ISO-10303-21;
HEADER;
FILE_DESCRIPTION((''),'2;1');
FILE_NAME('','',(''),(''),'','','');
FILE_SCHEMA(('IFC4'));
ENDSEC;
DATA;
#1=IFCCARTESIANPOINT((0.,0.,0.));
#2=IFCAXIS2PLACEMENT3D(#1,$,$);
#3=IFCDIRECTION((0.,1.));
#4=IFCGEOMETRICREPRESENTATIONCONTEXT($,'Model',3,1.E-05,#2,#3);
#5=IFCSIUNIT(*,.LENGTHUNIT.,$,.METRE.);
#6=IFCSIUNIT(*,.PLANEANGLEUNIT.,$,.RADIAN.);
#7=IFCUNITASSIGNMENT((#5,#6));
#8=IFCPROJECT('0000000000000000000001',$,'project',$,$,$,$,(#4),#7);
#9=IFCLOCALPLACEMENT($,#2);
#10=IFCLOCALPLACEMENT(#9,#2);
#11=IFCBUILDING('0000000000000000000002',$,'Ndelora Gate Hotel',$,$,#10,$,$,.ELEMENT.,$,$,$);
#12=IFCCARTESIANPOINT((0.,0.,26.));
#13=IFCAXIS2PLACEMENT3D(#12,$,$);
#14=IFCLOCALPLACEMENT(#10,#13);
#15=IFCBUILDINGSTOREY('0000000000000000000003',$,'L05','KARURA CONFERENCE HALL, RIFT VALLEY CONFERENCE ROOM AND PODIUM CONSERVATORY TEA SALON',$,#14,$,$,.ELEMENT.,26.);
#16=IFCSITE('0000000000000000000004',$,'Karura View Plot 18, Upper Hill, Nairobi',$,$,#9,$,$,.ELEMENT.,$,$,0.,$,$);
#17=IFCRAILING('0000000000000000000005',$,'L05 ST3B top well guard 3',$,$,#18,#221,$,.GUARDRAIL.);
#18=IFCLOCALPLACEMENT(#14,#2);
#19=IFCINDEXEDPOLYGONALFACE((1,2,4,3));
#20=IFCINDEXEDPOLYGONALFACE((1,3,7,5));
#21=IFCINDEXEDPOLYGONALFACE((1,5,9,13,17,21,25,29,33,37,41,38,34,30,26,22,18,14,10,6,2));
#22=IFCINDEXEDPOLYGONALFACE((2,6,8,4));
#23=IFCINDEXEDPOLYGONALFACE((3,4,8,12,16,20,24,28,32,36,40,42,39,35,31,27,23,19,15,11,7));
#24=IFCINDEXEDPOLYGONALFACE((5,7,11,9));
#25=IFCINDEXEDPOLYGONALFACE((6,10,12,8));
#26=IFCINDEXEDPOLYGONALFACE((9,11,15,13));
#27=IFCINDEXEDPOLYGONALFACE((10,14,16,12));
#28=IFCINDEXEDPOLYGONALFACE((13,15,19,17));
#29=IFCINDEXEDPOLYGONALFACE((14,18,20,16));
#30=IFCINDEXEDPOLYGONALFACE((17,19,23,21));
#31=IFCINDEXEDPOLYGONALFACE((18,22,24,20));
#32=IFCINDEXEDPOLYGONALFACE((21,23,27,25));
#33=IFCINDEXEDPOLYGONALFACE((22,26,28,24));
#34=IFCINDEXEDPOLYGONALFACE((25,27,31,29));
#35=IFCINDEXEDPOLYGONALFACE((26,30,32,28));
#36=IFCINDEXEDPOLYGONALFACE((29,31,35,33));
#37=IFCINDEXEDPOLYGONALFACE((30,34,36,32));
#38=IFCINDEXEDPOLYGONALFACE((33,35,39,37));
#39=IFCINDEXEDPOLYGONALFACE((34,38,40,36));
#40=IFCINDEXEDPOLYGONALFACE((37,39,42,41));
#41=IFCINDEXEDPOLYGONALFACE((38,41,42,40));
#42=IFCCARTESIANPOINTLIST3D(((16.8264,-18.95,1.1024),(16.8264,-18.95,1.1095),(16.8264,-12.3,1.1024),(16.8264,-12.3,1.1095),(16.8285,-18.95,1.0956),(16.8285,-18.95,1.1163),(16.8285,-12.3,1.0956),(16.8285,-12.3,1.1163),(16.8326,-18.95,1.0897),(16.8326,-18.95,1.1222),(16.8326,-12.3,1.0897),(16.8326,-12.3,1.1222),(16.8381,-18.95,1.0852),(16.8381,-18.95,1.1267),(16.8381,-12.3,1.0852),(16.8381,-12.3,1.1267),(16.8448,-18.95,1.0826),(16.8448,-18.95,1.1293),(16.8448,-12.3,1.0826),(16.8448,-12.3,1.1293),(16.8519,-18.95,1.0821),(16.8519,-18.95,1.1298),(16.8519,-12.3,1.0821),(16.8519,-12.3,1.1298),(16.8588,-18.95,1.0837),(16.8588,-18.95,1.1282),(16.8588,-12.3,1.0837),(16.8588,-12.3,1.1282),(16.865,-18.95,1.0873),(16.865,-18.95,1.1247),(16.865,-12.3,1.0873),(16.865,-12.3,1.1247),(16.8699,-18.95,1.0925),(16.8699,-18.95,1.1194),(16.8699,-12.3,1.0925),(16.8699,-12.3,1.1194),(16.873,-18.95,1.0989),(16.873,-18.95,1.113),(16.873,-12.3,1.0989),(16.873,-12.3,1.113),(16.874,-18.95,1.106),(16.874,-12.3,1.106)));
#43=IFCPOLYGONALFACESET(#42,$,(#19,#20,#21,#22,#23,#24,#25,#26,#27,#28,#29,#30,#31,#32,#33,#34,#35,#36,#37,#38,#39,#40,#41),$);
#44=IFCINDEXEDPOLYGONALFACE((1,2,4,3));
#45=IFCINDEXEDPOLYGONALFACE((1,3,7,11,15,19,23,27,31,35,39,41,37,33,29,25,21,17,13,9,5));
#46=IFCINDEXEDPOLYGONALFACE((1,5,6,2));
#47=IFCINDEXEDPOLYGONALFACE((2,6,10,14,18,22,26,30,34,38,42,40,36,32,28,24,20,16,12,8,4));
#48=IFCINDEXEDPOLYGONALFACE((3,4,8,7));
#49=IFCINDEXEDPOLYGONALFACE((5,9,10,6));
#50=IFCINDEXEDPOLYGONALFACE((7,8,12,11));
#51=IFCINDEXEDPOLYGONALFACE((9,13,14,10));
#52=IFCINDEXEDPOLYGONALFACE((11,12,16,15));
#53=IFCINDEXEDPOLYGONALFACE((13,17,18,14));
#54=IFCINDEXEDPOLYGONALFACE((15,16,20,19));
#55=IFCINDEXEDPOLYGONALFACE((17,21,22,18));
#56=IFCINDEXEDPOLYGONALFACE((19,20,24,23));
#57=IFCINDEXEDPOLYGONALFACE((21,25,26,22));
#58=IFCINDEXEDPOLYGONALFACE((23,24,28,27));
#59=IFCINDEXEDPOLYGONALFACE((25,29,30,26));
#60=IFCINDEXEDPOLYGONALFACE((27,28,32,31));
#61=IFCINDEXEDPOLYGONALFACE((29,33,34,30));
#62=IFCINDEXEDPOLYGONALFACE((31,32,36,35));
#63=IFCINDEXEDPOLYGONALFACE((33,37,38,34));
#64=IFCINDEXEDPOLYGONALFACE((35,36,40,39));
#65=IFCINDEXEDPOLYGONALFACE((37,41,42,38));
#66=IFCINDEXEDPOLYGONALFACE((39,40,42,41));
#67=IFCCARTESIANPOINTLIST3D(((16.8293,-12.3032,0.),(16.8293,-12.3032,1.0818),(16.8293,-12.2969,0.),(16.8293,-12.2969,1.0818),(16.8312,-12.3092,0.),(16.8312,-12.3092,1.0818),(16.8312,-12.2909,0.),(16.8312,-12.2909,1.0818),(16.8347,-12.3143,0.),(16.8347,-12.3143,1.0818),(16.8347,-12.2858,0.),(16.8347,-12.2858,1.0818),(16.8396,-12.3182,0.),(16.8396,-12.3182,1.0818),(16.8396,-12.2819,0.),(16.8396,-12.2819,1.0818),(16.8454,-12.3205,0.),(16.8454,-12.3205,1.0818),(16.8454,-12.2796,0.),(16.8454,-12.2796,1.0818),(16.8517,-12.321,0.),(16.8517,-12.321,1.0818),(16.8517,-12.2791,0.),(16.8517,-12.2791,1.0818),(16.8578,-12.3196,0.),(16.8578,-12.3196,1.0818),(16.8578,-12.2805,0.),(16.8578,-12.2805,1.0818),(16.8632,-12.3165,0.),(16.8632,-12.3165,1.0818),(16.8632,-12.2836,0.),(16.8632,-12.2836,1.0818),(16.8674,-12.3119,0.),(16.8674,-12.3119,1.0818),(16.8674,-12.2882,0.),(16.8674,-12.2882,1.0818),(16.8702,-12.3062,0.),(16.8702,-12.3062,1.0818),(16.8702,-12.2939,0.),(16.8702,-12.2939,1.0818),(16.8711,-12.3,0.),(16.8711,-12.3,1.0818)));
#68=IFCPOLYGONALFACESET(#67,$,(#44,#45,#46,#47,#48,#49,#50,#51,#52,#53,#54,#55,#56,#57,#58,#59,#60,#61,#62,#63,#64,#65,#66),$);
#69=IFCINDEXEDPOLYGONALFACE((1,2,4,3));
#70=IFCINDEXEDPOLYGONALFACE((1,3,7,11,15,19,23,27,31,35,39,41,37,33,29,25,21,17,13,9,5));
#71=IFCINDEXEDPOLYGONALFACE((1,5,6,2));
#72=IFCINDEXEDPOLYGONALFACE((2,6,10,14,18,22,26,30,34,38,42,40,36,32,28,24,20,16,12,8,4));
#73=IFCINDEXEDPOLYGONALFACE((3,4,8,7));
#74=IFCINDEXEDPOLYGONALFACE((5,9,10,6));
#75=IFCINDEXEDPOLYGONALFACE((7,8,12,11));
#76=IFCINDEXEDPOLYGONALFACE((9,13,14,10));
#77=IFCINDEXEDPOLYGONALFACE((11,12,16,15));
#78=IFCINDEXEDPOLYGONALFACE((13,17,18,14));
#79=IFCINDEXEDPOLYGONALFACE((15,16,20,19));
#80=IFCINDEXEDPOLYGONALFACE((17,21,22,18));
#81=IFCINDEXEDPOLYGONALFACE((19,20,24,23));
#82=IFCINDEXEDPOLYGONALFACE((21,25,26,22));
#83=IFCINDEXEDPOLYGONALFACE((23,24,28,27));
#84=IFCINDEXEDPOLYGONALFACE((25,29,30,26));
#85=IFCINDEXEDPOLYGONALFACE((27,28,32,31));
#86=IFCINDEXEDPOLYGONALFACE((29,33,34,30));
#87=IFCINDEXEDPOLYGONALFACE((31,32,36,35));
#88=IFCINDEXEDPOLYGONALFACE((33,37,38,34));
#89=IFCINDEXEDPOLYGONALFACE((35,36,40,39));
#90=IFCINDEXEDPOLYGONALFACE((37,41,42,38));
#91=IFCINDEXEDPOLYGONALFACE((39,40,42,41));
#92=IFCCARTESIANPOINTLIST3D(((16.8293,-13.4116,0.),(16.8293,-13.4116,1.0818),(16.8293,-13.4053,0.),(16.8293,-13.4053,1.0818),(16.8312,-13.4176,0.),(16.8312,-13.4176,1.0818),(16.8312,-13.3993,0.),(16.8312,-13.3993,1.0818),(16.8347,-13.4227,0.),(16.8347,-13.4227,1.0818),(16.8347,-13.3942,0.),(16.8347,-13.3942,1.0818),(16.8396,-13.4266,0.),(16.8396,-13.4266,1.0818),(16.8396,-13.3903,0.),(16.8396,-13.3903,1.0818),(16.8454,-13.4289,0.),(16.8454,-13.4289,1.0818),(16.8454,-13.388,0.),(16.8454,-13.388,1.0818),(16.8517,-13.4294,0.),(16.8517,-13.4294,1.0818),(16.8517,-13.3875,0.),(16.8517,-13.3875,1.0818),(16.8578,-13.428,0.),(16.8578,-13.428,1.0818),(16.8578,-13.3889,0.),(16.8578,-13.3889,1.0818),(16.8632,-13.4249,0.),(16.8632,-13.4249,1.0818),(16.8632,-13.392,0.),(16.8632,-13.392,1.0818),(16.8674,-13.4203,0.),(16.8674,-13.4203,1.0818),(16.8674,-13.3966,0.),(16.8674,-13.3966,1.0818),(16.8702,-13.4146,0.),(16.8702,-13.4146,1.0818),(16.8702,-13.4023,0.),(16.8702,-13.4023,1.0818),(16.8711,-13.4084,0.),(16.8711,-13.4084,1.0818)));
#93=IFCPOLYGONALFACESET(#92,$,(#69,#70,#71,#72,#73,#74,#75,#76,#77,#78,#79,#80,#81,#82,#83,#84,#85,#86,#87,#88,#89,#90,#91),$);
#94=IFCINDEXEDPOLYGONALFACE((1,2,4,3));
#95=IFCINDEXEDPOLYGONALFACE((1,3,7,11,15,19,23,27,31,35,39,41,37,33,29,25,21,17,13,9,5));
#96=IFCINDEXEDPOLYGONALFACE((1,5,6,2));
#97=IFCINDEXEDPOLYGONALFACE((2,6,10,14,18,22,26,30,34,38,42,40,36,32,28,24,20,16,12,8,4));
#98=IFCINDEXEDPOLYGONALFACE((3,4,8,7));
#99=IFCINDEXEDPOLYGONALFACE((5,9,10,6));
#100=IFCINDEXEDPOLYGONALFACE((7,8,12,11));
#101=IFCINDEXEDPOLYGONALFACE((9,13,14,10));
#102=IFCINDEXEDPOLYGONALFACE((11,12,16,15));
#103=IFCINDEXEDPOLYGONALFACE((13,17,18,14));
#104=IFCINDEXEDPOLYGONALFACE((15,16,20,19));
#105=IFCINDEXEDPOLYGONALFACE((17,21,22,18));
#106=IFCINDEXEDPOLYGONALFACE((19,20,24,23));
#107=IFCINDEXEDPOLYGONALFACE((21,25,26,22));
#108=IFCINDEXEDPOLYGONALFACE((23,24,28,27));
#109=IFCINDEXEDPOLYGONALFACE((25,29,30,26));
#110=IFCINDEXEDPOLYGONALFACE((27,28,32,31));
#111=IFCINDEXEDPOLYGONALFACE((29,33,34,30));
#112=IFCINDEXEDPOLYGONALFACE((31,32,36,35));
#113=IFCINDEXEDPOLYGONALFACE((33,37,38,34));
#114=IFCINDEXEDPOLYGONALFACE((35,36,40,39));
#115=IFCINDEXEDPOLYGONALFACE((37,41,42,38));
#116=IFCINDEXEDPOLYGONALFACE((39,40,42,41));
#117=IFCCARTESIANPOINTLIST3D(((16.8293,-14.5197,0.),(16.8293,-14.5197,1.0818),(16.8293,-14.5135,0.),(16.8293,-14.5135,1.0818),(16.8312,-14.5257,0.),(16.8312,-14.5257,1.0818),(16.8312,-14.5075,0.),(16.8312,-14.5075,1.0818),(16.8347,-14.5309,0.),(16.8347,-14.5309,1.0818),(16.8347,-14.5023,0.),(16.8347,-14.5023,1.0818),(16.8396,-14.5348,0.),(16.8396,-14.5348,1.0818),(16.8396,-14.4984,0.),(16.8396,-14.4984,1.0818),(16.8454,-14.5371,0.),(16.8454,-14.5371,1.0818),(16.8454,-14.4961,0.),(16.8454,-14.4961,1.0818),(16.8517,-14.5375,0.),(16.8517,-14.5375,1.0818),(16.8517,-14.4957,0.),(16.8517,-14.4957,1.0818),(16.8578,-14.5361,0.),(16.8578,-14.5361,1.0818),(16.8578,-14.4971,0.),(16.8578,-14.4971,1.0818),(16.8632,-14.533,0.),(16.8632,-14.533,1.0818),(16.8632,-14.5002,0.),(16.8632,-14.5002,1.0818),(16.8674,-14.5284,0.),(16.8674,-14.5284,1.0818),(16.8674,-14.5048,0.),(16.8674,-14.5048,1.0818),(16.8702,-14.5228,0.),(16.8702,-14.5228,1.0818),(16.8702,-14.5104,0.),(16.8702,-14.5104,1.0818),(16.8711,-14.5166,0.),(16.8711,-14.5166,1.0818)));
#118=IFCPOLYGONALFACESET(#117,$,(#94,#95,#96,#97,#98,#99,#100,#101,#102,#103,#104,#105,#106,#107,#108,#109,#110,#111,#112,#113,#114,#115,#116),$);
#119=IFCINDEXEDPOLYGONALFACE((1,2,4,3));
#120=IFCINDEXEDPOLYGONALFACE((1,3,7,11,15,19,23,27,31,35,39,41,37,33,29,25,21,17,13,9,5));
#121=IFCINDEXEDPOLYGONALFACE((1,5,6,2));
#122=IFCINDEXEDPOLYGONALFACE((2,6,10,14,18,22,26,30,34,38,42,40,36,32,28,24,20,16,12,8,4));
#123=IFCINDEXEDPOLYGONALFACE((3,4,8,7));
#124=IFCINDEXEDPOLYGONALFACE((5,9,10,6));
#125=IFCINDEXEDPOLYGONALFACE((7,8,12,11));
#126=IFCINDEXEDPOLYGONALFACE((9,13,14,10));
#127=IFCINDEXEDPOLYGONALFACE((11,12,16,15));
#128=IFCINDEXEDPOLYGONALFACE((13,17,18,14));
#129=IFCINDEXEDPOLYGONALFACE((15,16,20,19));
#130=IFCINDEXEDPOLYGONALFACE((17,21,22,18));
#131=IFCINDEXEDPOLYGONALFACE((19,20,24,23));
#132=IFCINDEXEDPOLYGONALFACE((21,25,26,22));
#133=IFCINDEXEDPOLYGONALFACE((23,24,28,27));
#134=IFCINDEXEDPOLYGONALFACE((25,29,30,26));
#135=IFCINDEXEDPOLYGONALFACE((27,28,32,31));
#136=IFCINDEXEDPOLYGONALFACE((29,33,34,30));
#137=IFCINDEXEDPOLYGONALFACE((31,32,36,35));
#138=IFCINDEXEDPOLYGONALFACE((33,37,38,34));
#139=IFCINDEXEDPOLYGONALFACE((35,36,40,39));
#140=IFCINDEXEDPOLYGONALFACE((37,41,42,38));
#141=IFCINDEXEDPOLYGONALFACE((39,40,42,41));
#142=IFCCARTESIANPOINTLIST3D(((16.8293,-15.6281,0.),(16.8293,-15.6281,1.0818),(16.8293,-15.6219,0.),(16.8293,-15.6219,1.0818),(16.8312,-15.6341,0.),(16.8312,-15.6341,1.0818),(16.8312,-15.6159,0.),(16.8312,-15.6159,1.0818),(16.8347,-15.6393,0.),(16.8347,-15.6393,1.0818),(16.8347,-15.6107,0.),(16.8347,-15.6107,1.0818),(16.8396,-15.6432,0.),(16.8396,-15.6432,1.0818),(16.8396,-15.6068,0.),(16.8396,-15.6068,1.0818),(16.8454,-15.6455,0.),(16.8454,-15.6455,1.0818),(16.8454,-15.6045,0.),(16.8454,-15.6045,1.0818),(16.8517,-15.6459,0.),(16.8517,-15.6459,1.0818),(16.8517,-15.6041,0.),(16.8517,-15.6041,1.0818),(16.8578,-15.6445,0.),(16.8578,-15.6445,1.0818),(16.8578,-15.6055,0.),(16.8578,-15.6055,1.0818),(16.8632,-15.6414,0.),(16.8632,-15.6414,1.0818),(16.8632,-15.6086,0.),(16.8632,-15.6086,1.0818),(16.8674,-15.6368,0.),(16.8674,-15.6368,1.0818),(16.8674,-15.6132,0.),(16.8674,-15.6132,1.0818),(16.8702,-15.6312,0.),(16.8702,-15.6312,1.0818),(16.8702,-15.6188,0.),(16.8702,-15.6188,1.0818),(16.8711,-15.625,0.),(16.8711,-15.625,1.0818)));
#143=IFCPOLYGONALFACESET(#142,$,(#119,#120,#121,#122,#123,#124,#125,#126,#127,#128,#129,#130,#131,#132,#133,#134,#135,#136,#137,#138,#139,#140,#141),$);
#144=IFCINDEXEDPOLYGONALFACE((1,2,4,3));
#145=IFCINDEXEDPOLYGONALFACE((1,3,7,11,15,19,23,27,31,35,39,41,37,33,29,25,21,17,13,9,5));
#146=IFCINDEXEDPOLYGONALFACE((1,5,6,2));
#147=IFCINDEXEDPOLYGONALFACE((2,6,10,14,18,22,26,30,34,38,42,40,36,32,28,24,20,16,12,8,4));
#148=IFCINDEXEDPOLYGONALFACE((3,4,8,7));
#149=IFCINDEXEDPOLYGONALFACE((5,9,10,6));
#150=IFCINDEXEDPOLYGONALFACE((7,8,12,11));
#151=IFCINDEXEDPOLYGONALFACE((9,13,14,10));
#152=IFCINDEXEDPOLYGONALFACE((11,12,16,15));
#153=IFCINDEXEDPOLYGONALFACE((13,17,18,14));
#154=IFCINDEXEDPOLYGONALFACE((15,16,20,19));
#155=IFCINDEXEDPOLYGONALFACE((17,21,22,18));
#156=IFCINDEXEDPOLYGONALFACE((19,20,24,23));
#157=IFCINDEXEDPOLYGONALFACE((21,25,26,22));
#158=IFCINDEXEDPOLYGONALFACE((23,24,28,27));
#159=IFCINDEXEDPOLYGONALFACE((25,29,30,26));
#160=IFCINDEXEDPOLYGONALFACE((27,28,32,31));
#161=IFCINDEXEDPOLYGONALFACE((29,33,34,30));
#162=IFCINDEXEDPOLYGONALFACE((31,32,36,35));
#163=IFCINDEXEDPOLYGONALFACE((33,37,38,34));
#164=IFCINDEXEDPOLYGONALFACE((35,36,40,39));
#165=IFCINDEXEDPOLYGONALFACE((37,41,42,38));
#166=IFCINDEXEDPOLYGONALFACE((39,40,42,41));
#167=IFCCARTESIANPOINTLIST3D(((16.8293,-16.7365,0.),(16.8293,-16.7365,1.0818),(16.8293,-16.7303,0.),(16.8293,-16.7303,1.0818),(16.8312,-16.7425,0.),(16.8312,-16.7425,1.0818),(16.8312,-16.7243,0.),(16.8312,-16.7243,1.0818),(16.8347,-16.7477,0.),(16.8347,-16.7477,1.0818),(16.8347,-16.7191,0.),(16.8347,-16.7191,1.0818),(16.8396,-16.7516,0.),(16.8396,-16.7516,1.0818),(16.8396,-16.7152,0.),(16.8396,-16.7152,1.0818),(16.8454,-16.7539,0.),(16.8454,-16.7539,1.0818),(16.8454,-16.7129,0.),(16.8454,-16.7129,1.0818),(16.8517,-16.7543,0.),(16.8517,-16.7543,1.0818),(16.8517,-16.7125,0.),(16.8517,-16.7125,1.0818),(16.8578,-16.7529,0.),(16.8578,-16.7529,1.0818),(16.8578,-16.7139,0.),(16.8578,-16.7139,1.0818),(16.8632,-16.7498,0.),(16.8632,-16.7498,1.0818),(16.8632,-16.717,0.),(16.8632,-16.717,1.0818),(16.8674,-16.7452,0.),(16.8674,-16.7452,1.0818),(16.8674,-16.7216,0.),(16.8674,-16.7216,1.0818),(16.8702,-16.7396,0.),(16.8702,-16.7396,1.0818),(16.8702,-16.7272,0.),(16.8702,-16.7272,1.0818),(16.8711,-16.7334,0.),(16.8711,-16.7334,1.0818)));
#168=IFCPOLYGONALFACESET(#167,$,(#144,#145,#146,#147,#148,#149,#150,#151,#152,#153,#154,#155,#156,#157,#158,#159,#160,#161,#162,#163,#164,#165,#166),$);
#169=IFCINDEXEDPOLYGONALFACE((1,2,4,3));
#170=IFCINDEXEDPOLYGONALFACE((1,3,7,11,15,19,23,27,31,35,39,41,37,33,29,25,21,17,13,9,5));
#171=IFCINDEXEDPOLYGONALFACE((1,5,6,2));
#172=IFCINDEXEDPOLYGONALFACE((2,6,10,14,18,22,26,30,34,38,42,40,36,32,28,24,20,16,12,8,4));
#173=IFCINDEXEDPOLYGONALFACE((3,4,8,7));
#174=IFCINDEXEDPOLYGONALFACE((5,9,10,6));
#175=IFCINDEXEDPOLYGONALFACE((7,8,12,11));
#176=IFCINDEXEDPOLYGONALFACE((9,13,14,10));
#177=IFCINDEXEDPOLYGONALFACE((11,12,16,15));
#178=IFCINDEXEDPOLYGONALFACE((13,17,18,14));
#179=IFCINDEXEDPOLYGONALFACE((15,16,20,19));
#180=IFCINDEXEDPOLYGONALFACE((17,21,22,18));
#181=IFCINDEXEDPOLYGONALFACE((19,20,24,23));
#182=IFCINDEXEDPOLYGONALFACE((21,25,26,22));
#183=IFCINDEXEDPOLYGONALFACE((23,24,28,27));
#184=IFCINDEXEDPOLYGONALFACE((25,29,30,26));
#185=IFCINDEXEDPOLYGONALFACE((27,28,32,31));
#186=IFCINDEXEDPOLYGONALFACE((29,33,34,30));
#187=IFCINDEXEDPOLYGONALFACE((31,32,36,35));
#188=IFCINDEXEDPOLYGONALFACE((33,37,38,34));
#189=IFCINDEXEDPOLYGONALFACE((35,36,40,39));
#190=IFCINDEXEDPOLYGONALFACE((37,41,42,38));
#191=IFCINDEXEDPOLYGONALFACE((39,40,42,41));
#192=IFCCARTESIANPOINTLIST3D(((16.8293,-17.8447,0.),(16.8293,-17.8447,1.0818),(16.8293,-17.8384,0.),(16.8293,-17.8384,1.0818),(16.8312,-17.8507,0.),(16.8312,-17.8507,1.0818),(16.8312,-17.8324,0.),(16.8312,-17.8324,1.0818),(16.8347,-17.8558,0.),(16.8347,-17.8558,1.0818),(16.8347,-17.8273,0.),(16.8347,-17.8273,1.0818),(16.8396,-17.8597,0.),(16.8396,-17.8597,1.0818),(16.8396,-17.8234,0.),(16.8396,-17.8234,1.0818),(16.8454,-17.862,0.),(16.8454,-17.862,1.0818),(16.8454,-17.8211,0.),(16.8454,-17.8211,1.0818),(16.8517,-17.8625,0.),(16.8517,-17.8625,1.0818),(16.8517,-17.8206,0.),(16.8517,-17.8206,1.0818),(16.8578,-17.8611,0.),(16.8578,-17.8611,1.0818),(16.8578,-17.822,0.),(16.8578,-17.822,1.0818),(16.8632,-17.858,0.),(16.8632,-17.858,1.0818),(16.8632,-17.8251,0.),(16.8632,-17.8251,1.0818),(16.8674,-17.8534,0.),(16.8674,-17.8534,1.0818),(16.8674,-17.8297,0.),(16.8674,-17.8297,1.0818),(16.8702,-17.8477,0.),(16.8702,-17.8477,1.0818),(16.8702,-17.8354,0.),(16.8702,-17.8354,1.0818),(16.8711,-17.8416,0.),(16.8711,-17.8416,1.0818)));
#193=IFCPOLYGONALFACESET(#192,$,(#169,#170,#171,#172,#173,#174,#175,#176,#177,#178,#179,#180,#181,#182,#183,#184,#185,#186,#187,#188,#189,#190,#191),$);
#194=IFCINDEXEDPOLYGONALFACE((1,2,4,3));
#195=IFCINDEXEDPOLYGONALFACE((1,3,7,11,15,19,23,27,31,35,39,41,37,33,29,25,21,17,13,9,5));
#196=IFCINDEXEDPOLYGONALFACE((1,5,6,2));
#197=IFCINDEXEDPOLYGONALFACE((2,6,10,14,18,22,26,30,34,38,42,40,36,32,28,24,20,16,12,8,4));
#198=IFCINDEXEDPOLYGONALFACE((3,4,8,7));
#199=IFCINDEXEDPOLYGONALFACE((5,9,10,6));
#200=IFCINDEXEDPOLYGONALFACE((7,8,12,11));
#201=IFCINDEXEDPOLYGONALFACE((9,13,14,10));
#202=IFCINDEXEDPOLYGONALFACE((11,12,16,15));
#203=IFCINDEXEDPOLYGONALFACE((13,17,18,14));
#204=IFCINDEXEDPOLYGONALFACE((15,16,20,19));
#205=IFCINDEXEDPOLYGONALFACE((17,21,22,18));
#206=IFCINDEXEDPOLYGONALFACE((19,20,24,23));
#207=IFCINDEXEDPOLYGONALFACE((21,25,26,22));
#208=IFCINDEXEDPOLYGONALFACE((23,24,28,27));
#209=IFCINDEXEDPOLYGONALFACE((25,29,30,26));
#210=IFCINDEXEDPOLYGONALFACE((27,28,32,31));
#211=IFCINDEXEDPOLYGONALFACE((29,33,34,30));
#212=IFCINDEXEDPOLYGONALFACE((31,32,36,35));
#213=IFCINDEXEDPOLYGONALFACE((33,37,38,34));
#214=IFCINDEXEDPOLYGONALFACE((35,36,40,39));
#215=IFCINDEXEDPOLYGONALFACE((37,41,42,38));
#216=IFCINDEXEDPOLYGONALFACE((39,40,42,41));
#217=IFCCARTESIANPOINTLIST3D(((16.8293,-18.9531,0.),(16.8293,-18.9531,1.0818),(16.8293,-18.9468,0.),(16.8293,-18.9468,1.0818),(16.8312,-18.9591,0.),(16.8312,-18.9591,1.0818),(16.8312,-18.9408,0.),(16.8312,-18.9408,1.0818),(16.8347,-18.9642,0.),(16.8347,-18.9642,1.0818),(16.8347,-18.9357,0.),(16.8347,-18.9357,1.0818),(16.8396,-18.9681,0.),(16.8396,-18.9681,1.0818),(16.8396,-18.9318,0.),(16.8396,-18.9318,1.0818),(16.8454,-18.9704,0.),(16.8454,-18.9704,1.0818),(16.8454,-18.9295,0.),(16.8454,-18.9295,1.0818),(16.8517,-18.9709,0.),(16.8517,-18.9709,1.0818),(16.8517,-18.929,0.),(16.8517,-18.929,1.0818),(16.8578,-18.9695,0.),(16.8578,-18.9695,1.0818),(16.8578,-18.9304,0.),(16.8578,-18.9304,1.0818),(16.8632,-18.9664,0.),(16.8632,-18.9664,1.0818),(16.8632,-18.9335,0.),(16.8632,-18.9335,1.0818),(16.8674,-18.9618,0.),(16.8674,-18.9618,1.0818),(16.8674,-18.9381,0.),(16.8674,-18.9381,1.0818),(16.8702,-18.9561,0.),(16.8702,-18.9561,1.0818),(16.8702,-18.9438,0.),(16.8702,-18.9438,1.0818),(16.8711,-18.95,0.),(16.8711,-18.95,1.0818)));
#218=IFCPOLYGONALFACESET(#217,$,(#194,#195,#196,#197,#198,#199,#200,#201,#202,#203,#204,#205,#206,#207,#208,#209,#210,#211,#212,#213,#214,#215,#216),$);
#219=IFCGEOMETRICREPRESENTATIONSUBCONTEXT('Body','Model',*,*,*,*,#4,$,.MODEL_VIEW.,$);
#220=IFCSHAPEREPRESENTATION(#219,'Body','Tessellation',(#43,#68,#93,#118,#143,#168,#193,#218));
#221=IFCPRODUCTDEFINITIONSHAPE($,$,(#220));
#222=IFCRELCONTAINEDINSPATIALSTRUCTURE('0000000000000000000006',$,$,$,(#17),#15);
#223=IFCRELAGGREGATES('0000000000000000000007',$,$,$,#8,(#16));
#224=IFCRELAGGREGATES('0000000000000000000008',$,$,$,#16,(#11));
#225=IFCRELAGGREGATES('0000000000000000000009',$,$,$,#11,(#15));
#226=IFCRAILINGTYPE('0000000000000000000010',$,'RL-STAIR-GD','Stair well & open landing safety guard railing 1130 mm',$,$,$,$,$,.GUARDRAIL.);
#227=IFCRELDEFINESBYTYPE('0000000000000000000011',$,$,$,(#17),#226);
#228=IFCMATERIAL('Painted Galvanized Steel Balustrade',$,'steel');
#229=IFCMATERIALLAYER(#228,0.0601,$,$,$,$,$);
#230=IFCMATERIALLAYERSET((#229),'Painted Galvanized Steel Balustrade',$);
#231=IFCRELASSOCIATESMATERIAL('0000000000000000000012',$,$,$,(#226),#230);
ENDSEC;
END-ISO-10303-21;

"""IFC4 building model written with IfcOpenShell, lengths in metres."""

from ifc_helpers import new_model, si_unit, direction, frame, origin, origin_2d, place, context, subcontext, project, spatial, circle, extrude, material, layer, layer_set, type_object, element, save


model = new_model("IFC4")

# Units and contexts
model_context = context("Model", 3, precision=1e-05, world=origin(), true_north=direction((0.0, 1.0)))
body_context = subcontext(model_context, "Body", "Model", "MODEL_VIEW")
ifc_project = project(units=[si_unit("LENGTHUNIT", "METRE"), si_unit("PLANEANGLEUNIT", "RADIAN")], contexts=[model_context])

# Site, building, storey
site_placement = place(None, origin())
site = spatial("IfcSite", under=ifc_project, at=site_placement, Name="Karura View Plot 18, Upper Hill, Nairobi", CompositionType="ELEMENT", RefElevation=0.0)
building_placement = place(site_placement, origin())
building = spatial("IfcBuilding", under=site, at=building_placement, Name="Ndelora Gate Hotel", CompositionType="ELEMENT")
storey_placement = place(building_placement, frame((0.0, 0.0, 26.0)))
storey = spatial("IfcBuildingStorey", under=building, at=storey_placement, Name="L05", Description="KARURA CONFERENCE HALL, RIFT VALLEY CONFERENCE ROOM AND PODIUM CONSERVATORY TEA SALON", CompositionType="ELEMENT", Elevation=26.0)

# Railing
ifc_material_1 = material(Name="Painted Galvanized Steel Balustrade", Category="steel")
ifc_layer_1 = layer(ifc_material_1, 0.0601)
ifc_layer_set_1 = layer_set([ifc_layer_1], Name="Painted Galvanized Steel Balustrade")
railing_type = type_object("IfcRailingType", Name="RL-STAIR-GD", Description="Stair well & open landing safety guard railing 1130 mm", PredefinedType="GUARDRAIL", material=ifc_layer_set_1)
railing_placement = place(storey_placement, frame((16.8501, -12.3, 0.0)))
element("IfcRailing", 1, at=railing_placement, inside=storey, type_object=railing_type, Name="L05 ST3B top well guard 3", PredefinedType="GUARDRAIL", context=body_context, shape_type="SweptSolid", body=[
    extrude(circle(Radius=0.0239, at=origin_2d()), frame((0.0, 0.0, 1.106), z_axis=(0.0, -1.0, 0.0), x_axis=(1.0, 0.0, 0.0)), (0.0, 0.0, 1.0), 6.6499),
    extrude(circle(Radius=0.021, at=origin_2d()), origin(), (0.0, 0.0, 1.0), 1.0818),
    extrude(circle(Radius=0.021, at=origin_2d()), frame((0.0, -1.1084, 0.0)), (0.0, 0.0, 1.0), 1.0818),
    extrude(circle(Radius=0.021, at=origin_2d()), frame((0.0, -2.2166, 0.0)), (0.0, 0.0, 1.0), 1.0818),
    extrude(circle(Radius=0.021, at=origin_2d()), frame((0.0, -3.325, 0.0)), (0.0, 0.0, 1.0), 1.0818),
    extrude(circle(Radius=0.021, at=origin_2d()), frame((0.0, -4.4333, 0.0)), (0.0, 0.0, 1.0), 1.0818),
    extrude(circle(Radius=0.021, at=origin_2d()), frame((0.0, -5.5415, 0.0)), (0.0, 0.0, 1.0), 1.0818),
    extrude(circle(Radius=0.021, at=origin_2d()), frame((0.0, -6.6499, 0.0)), (0.0, 0.0, 1.0), 1.0818),
])

save(model, "model.ifc")
